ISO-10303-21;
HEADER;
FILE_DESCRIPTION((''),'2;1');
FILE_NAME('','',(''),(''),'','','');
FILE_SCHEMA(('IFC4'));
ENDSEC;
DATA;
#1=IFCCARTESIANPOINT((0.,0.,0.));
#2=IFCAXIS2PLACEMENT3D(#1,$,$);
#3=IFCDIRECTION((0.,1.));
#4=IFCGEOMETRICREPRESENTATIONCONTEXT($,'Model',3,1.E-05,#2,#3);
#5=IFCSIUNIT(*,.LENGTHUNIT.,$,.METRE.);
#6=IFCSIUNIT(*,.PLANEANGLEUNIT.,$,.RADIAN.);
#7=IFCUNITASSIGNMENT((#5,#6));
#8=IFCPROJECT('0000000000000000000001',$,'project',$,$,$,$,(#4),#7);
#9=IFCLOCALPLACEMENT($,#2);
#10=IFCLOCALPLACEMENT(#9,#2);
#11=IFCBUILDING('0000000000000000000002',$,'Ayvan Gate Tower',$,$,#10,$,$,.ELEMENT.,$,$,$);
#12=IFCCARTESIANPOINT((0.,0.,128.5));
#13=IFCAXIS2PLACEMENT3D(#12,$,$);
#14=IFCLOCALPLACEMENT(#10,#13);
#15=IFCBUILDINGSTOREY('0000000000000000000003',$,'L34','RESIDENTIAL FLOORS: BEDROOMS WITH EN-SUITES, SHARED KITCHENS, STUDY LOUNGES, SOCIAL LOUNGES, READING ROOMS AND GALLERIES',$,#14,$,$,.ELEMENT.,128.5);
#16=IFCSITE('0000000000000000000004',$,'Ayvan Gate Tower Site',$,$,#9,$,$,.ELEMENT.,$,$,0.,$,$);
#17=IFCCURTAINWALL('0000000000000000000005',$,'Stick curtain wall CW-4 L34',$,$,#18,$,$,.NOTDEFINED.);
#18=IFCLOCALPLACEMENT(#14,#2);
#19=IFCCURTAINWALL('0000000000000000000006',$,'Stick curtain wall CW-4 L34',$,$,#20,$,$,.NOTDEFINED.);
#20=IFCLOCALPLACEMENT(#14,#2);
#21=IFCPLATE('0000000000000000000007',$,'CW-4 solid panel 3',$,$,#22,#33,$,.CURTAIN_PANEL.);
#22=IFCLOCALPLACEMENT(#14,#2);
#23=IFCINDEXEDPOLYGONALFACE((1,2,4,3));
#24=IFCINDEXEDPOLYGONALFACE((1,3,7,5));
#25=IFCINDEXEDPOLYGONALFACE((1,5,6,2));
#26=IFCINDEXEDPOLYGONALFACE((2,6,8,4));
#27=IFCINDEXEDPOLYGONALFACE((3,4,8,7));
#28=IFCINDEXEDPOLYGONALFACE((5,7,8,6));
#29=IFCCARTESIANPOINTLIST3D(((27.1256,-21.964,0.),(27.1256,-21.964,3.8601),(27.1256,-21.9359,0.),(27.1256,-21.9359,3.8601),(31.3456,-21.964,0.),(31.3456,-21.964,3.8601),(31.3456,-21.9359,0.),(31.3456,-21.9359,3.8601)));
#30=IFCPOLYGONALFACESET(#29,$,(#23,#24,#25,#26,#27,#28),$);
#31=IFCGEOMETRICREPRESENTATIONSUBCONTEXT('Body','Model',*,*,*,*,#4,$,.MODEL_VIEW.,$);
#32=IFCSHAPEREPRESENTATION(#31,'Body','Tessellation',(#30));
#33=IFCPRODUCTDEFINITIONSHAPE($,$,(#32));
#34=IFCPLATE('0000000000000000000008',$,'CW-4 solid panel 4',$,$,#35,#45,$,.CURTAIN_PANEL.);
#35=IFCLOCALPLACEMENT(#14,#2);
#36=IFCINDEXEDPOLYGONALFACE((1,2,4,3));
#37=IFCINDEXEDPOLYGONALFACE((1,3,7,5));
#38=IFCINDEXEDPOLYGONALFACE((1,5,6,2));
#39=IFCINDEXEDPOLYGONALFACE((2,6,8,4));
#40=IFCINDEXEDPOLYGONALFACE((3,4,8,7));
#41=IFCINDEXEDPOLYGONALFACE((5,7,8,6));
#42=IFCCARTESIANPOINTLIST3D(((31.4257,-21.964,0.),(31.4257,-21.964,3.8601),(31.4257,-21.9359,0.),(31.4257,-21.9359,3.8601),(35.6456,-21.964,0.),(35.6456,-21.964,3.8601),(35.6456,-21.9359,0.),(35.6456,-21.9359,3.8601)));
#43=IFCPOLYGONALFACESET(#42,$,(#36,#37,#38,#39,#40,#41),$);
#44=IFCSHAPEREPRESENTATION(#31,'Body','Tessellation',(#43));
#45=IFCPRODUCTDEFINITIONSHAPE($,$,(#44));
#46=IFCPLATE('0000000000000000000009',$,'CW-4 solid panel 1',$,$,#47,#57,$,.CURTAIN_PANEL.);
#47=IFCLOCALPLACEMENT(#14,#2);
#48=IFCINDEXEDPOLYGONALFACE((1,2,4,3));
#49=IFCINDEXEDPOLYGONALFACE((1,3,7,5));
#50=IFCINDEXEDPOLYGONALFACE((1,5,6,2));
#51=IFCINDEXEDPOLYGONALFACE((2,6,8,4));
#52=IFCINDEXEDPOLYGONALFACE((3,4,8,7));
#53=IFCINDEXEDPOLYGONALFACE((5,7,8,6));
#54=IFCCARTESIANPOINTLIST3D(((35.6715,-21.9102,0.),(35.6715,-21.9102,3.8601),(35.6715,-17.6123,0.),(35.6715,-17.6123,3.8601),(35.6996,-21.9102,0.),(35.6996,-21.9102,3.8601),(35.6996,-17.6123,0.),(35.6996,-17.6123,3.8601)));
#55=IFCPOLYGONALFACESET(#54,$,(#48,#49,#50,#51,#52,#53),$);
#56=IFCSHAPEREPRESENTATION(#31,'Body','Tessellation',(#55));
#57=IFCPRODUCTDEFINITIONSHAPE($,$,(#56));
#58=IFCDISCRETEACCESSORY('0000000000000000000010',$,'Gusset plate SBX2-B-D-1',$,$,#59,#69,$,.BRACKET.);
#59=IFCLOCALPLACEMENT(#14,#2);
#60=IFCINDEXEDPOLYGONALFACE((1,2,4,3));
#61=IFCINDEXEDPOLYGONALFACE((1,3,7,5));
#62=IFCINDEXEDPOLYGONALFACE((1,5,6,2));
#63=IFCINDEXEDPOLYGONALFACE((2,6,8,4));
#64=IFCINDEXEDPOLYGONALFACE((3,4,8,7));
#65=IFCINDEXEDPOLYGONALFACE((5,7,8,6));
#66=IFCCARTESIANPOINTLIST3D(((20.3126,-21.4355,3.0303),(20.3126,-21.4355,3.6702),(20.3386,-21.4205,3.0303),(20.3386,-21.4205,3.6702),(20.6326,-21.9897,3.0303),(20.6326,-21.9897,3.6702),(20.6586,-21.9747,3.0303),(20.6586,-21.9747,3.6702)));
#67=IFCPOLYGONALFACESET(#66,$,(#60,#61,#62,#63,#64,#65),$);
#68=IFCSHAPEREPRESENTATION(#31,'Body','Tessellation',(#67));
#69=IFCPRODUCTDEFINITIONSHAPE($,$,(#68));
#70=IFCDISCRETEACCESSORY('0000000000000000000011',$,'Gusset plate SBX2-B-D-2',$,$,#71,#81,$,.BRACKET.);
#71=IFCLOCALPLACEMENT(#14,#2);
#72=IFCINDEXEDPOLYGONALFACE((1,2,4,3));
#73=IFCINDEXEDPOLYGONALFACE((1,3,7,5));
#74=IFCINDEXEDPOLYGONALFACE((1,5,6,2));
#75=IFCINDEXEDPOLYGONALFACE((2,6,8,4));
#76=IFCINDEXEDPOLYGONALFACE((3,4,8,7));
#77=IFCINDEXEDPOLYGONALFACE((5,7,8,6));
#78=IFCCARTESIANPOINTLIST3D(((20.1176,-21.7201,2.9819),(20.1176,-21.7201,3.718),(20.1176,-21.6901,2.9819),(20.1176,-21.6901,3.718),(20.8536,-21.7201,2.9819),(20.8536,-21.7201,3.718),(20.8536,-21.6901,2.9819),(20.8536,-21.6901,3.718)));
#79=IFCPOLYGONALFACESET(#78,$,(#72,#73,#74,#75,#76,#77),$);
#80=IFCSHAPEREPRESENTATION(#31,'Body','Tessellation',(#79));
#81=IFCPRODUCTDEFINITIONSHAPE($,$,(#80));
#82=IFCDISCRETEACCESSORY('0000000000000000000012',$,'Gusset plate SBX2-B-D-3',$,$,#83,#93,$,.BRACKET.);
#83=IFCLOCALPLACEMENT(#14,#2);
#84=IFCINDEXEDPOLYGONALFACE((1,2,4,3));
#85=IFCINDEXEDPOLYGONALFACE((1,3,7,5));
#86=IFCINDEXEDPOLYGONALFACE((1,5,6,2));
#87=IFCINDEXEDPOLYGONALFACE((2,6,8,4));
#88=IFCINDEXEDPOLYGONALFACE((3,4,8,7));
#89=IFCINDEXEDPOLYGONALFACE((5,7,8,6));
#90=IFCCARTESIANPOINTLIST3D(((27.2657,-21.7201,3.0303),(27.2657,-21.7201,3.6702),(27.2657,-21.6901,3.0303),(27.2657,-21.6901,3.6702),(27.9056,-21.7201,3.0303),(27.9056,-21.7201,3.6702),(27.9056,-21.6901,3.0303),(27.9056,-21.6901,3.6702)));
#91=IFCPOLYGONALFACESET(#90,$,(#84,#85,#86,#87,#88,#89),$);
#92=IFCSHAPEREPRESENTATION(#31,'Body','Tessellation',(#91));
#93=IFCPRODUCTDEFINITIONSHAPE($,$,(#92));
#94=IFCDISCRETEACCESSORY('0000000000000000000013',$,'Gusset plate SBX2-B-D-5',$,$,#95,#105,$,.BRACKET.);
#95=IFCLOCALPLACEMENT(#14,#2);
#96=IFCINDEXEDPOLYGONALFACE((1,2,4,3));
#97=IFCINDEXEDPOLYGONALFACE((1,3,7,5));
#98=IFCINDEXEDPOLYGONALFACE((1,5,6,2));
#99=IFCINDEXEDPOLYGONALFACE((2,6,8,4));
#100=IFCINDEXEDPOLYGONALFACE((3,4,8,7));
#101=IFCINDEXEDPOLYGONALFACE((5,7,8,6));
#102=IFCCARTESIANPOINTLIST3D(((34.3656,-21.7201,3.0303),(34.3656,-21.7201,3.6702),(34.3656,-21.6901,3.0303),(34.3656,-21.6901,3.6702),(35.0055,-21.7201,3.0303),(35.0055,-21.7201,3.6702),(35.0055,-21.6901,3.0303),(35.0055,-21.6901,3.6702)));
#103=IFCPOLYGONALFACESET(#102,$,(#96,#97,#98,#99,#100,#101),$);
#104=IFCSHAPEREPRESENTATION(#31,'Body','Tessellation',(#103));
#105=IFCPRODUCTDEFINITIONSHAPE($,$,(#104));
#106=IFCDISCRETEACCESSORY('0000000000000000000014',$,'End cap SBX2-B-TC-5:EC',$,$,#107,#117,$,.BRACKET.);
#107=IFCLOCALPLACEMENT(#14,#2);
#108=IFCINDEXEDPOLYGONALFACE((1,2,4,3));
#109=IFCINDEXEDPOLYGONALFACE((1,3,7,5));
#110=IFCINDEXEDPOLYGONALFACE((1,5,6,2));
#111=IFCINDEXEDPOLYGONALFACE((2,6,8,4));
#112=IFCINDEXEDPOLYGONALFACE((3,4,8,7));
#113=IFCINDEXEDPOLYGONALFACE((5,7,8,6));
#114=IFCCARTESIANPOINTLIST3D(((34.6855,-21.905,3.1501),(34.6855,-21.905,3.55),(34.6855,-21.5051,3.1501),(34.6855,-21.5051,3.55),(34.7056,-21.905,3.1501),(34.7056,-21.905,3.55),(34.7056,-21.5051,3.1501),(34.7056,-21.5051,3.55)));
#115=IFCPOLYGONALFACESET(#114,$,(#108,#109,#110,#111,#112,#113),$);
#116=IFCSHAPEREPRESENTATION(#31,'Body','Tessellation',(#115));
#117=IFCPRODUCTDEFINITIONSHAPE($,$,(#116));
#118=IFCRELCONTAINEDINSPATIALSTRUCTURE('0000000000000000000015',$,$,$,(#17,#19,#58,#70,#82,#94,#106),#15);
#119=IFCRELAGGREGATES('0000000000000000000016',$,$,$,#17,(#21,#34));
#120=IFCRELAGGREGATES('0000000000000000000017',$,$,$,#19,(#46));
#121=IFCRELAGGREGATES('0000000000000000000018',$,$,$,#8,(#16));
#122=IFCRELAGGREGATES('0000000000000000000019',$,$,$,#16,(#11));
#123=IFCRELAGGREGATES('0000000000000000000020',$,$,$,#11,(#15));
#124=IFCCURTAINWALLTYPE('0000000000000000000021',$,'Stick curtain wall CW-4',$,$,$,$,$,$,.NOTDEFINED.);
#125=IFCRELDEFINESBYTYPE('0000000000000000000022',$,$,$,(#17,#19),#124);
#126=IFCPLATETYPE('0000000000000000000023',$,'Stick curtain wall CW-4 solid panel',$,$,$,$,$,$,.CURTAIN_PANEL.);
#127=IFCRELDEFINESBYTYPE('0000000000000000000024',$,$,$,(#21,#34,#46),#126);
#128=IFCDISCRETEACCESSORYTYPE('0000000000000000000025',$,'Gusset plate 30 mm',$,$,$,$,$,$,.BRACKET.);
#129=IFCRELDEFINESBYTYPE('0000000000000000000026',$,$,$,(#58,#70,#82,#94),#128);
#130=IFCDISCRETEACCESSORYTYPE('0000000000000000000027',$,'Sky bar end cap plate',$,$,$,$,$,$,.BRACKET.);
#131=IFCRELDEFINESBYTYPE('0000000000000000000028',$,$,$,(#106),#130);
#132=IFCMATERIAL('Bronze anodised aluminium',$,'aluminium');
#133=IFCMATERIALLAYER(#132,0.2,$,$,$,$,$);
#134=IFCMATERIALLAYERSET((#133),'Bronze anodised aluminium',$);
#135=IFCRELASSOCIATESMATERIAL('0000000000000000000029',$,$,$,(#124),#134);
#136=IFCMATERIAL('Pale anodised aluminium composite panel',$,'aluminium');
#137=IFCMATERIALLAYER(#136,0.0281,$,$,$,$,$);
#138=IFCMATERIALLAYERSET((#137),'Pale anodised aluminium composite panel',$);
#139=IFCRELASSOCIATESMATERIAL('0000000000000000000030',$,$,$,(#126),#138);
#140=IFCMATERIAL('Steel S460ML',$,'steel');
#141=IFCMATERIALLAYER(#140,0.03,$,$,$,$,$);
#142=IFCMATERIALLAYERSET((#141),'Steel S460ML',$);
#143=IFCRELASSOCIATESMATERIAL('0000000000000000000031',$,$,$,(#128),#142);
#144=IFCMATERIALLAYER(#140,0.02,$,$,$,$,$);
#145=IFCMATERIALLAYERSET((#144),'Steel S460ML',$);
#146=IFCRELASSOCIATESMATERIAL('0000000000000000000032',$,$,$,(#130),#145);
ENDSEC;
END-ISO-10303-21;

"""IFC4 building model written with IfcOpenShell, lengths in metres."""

from ifc_helpers import new_model, si_unit, direction, frame, origin, origin_2d, place, context, subcontext, project, spatial, rectangle, extrude, material, layer, layer_set, type_object, element, aggregate, save


model = new_model("IFC4")

# Units and contexts
model_context = context("Model", 3, precision=1e-05, world=origin(), true_north=direction((0.0, 1.0)))
body_context = subcontext(model_context, "Body", "Model", "MODEL_VIEW")
ifc_project = project(units=[si_unit("LENGTHUNIT", "METRE"), si_unit("PLANEANGLEUNIT", "RADIAN")], contexts=[model_context])

# Site, building, storey
site_placement = place(None, origin())
site = spatial("IfcSite", under=ifc_project, at=site_placement, Name="Ayvan Gate Tower Site", CompositionType="ELEMENT", RefElevation=0.0)
building_placement = place(site_placement, origin())
building = spatial("IfcBuilding", under=site, at=building_placement, Name="Ayvan Gate Tower", CompositionType="ELEMENT")
storey_placement = place(building_placement, frame((0.0, 0.0, 128.5)))
storey = spatial("IfcBuildingStorey", under=building, at=storey_placement, Name="L34", Description="RESIDENTIAL FLOORS: BEDROOMS WITH EN-SUITES, SHARED KITCHENS, STUDY LOUNGES, SOCIAL LOUNGES, READING ROOMS AND GALLERIES", CompositionType="ELEMENT", Elevation=128.5)

# Shared definitions
ifc_material_1 = material(Name="Steel S460ML", Category="steel")

# Curtain walls
ifc_material_2 = material(Name="Bronze anodised aluminium", Category="aluminium")
ifc_layer_1 = layer(ifc_material_2, 0.2)
ifc_layer_set_1 = layer_set([ifc_layer_1], Name="Bronze anodised aluminium")
curtain_wall_type = type_object("IfcCurtainWallType", Name="Stick curtain wall CW-4", PredefinedType="NOTDEFINED", material=ifc_layer_set_1)
curtain_wall_1_placement = place(storey_placement, origin())
curtain_wall_1 = element("IfcCurtainWall", 1, at=curtain_wall_1_placement, inside=storey, type_object=curtain_wall_type, Name="Stick curtain wall CW-4 L34", PredefinedType="NOTDEFINED")
curtain_wall_2_placement = place(storey_placement, origin())
curtain_wall_2 = element("IfcCurtainWall", 2, at=curtain_wall_2_placement, inside=storey, type_object=curtain_wall_type, Name="Stick curtain wall CW-4 L34", PredefinedType="NOTDEFINED")

# Plates
ifc_material_3 = material(Name="Pale anodised aluminium composite panel", Category="aluminium")
ifc_layer_2 = layer(ifc_material_3, 0.0281)
ifc_layer_set_2 = layer_set([ifc_layer_2], Name="Pale anodised aluminium composite panel")
plate_type = type_object("IfcPlateType", Name="Stick curtain wall CW-4 solid panel", PredefinedType="CURTAIN_PANEL", material=ifc_layer_set_2)
plate_1_placement = place(storey_placement, frame((29.2356, -21.95, 0.0), z_axis=(0.0, 0.0, 1.0), x_axis=(1.0, 0.0, 0.0)))
plate_1 = element("IfcPlate", 3, at=plate_1_placement, type_object=plate_type, Name="CW-4 solid panel 3", PredefinedType="CURTAIN_PANEL", context=body_context, shape_type="SweptSolid", body=[
    extrude(rectangle(XDim=4.22, YDim=0.0281, at=origin_2d()), origin(), (0.0, 0.0, 1.0), 3.8601),
])
plate_2_placement = place(storey_placement, frame((33.5356, -21.95, 0.0), z_axis=(0.0, 0.0, 1.0), x_axis=(1.0, 0.0, 0.0)))
plate_2 = element("IfcPlate", 4, at=plate_2_placement, type_object=plate_type, Name="CW-4 solid panel 4", PredefinedType="CURTAIN_PANEL", context=body_context, shape_type="SweptSolid", body=[
    extrude(rectangle(XDim=4.22, YDim=0.0281, at=origin_2d()), origin(), (0.0, 0.0, 1.0), 3.8601),
])
aggregate(curtain_wall_1, [plate_1, plate_2])
plate_3_placement = place(storey_placement, frame((35.6855, -19.7612, 0.0), z_axis=(0.0, 0.0, 1.0), x_axis=(0.0, 1.0, 0.0)))
plate_3 = element("IfcPlate", 5, at=plate_3_placement, type_object=plate_type, Name="CW-4 solid panel 1", PredefinedType="CURTAIN_PANEL", context=body_context, shape_type="SweptSolid", body=[
    extrude(rectangle(XDim=4.2979, YDim=0.0281, at=origin_2d()), origin(), (0.0, 0.0, 1.0), 3.8601),
])
aggregate(curtain_wall_2, [plate_3])

# Discrete accessories
ifc_layer_3 = layer(ifc_material_1, 0.03)
ifc_layer_set_3 = layer_set([ifc_layer_3], Name="Steel S460ML")
discrete_accessory_type_1 = type_object("IfcDiscreteAccessoryType", Name="Gusset plate 30 mm", PredefinedType="BRACKET", material=ifc_layer_set_3)
discrete_accessory_1_placement = place(storey_placement, frame((20.4856, -21.7051, 3.0303), z_axis=(0.0, 0.0, 1.0), x_axis=(-0.5, 0.866025, 0.0)))
element("IfcDiscreteAccessory", 6, at=discrete_accessory_1_placement, inside=storey, type_object=discrete_accessory_type_1, Name="Gusset plate SBX2-B-D-1", PredefinedType="BRACKET", context=body_context, shape_type="SweptSolid", body=[
    extrude(rectangle(XDim=0.6399, YDim=0.03, at=origin_2d()), origin(), (0.0, 0.0, 1.0), 0.6399),
])
discrete_accessory_2_placement = place(storey_placement, frame((20.4856, -21.7051, 2.9819), z_axis=(0.0, 0.0, 1.0), x_axis=(1.0, 0.0, 0.0)))
element("IfcDiscreteAccessory", 7, at=discrete_accessory_2_placement, inside=storey, type_object=discrete_accessory_type_1, Name="Gusset plate SBX2-B-D-2", PredefinedType="BRACKET", context=body_context, shape_type="SweptSolid", body=[
    extrude(rectangle(XDim=0.7361, YDim=0.03, at=origin_2d()), origin(), (0.0, 0.0, 1.0), 0.7361),
])
for number, where, z_axis, x_axis, name in (
    (8, (27.5857, -21.7051, 3.0303), (0.0, 0.0, 1.0), (1.0, 0.0, 0.0), "Gusset plate SBX2-B-D-3"),
    (9, (34.6855, -21.7051, 3.0303), (0.0, 0.0, 1.0), (1.0, 0.0, 0.0), "Gusset plate SBX2-B-D-5"),
):
    element("IfcDiscreteAccessory", number, at=place(storey_placement, frame(where, z_axis=z_axis, x_axis=x_axis)), inside=storey, type_object=discrete_accessory_type_1, Name=name, PredefinedType="BRACKET", context=body_context, shape_type="SweptSolid", body=[
        extrude(rectangle(XDim=0.6399, YDim=0.03, at=origin_2d()), origin(), (0.0, 0.0, 1.0), 0.6399),
    ])
ifc_layer_4 = layer(ifc_material_1, 0.02)
ifc_layer_set_4 = layer_set([ifc_layer_4], Name="Steel S460ML")
discrete_accessory_type_2 = type_object("IfcDiscreteAccessoryType", Name="Sky bar end cap plate", PredefinedType="BRACKET", material=ifc_layer_set_4)
discrete_accessory_3_placement = place(storey_placement, frame((34.6956, -21.7051, 3.1501), z_axis=(0.0, 0.0, 1.0), x_axis=(1.0, 0.0, 0.0)))
element("IfcDiscreteAccessory", 10, at=discrete_accessory_3_placement, inside=storey, type_object=discrete_accessory_type_2, Name="End cap SBX2-B-TC-5:EC", PredefinedType="BRACKET", context=body_context, shape_type="SweptSolid", body=[
    extrude(rectangle(XDim=0.02, YDim=0.3999, at=origin_2d()), origin(), (0.0, 0.0, 1.0), 0.3999),
])

save(model, "model.ifc")
